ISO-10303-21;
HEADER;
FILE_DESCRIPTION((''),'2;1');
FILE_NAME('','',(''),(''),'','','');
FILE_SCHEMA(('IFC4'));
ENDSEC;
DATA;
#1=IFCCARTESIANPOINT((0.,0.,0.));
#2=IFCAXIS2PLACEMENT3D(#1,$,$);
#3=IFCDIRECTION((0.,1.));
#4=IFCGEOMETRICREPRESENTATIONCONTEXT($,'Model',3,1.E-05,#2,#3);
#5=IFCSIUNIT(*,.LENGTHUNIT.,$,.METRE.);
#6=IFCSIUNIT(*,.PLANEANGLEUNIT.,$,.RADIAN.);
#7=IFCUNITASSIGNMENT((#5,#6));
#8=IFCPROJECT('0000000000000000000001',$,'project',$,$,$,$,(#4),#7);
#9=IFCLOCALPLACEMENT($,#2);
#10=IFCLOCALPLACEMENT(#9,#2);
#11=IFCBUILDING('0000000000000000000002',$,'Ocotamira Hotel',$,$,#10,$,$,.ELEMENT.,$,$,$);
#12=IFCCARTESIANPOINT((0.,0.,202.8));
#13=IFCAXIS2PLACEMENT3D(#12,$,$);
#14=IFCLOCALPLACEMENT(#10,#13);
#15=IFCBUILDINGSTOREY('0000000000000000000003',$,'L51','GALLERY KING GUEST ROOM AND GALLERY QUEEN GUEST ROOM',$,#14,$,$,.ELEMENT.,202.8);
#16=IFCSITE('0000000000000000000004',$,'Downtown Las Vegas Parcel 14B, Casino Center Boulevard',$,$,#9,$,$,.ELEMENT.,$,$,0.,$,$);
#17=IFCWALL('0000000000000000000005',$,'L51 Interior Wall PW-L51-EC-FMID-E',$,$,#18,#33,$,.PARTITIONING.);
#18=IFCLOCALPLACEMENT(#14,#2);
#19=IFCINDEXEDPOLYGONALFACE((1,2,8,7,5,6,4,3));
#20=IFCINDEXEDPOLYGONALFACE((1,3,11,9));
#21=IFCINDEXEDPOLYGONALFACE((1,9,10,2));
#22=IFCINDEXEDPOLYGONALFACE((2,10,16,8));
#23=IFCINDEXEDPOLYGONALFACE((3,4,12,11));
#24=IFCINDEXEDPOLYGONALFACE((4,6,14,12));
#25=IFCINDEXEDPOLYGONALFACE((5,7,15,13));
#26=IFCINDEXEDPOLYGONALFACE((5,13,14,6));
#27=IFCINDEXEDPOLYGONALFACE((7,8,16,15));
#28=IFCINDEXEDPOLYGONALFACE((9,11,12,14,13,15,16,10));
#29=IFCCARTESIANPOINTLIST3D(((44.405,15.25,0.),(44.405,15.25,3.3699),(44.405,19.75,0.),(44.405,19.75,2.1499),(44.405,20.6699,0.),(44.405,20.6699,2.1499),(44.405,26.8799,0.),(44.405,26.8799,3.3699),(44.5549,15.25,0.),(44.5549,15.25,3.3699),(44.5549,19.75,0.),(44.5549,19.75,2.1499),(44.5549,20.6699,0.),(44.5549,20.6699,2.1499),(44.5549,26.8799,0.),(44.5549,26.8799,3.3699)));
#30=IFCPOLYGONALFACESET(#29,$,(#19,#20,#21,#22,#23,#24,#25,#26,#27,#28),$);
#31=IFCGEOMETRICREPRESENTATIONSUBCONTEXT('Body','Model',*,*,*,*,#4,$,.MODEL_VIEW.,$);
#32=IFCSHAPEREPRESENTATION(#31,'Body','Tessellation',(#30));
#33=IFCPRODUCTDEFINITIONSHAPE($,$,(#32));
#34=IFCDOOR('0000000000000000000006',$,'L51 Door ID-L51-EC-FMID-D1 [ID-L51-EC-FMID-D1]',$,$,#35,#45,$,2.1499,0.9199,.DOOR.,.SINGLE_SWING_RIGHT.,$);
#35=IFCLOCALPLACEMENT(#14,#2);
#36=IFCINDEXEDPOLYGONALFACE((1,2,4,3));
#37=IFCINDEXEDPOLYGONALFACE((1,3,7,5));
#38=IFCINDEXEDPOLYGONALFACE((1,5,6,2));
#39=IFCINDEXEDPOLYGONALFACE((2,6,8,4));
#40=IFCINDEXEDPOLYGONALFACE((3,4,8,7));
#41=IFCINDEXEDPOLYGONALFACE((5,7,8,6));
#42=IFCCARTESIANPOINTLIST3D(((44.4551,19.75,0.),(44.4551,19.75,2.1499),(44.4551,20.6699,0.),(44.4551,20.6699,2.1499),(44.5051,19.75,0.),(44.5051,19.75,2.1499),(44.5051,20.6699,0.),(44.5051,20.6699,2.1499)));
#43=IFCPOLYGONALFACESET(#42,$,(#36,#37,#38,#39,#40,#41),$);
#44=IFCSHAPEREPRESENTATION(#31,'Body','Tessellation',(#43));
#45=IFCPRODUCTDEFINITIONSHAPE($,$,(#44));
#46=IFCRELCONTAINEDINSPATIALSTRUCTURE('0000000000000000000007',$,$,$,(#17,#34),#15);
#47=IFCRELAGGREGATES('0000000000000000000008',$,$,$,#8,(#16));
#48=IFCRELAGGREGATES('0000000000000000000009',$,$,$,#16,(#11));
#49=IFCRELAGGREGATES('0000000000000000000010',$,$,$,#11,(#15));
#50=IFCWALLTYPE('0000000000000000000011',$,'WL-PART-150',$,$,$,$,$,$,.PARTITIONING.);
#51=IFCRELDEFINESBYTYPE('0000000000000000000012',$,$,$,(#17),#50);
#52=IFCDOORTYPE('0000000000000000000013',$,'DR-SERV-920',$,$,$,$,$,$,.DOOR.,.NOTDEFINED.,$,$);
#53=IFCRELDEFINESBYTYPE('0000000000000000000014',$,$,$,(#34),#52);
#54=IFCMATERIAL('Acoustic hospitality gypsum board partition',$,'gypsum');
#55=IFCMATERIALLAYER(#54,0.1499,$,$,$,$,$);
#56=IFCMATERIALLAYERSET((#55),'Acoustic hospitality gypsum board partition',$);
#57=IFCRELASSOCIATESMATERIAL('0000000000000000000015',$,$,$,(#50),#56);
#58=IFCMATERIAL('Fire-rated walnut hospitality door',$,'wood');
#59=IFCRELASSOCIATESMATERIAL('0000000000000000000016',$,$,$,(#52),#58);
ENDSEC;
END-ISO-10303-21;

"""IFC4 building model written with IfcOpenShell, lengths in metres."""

from ifc_helpers import new_model, si_unit, direction, frame, frame_2d, origin, place, context, subcontext, project, spatial, rectangle, extrude, source, transform, mapped, material, layer, layer_set, type_object, element, fill, save


model = new_model("IFC4")

# Units and contexts
model_context = context("Model", 3, precision=1e-05, world=origin(), true_north=direction((0.0, 1.0)))
body_context = subcontext(model_context, "Body", "Model", "MODEL_VIEW")
ifc_project = project(units=[si_unit("LENGTHUNIT", "METRE"), si_unit("PLANEANGLEUNIT", "RADIAN")], contexts=[model_context])

# Site, building, storey
site_placement = place(None, origin())
site = spatial("IfcSite", under=ifc_project, at=site_placement, Name="Downtown Las Vegas Parcel 14B, Casino Center Boulevard", CompositionType="ELEMENT", RefElevation=0.0)
building_placement = place(site_placement, origin())
building = spatial("IfcBuilding", under=site, at=building_placement, Name="Ocotamira Hotel", CompositionType="ELEMENT")
storey_placement = place(building_placement, frame((0.0, 0.0, 202.8)))
storey = spatial("IfcBuildingStorey", under=building, at=storey_placement, Name="L51", Description="GALLERY KING GUEST ROOM AND GALLERY QUEEN GUEST ROOM", CompositionType="ELEMENT", Elevation=202.8)

# Shared definitions
ifc_material_1 = material(Name="Acoustic hospitality gypsum board partition", Category="gypsum")
ifc_layer_1 = layer(ifc_material_1, 0.1499)
ifc_layer_set_1 = layer_set([ifc_layer_1], Name="Acoustic hospitality gypsum board partition")
wall_type_1 = type_object("IfcWallType", Name="WL-PART-150", PredefinedType="PARTITIONING", material=ifc_layer_set_1)

# Wall, opening, door
wall_1_placement = place(storey_placement, frame((44.48, 15.25, 0.0), z_axis=(0.0, 0.0, 1.0), x_axis=(0.0, 1.0, 0.0)))
wall_1 = element("IfcWall", 1, at=wall_1_placement, inside=storey, type_object=wall_type_1, Name="L51 Interior Wall PW-L51-EC-FMID-E", PredefinedType="PARTITIONING", context=body_context, shape_type="SweptSolid", body=[
    extrude(rectangle(XDim=11.6299, YDim=0.1499, at=frame_2d((5.8149, 0.0))), origin(), (0.0, 0.0, 1.0), 3.3699),
])
opening_1_placement = place(wall_1_placement, frame((4.5, 0.0, 0.0)))
opening_1 = element("IfcOpeningElement", 2, at=opening_1_placement, cuts=wall_1, PredefinedType="OPENING", context=body_context, shape_type="SweptSolid", body=[
    extrude(rectangle(XDim=0.9199, YDim=2.1499, at=frame_2d((0.46, 1.075))), frame((0.0, 0.085, 0.0), z_axis=(0.0, -1.0, 0.0), x_axis=(1.0, 0.0, 0.0)), (0.0, 0.0, 1.0), 0.1699),
])
ifc_material_2 = material(Name="Fire-rated walnut hospitality door", Category="wood")
door_type_1 = type_object("IfcDoorType", Name="DR-SERV-920", OperationType="NOTDEFINED", PredefinedType="DOOR", material=ifc_material_2)
shared_shape_1 = source(origin(), body_context, "Body", "SweptSolid", [
    extrude(rectangle(XDim=0.9199, YDim=2.1499, at=frame_2d((0.46, 1.075))), frame((0.0, 0.0249, 0.0), z_axis=(0.0, -1.0, 0.0), x_axis=(1.0, 0.0, 0.0)), (0.0, 0.0, 1.0), 0.05),
])
door_1_placement = place(opening_1_placement, origin())
door_1 = element("IfcDoor", 3, at=door_1_placement, inside=storey, type_object=door_type_1, Name="L51 Door ID-L51-EC-FMID-D1 [ID-L51-EC-FMID-D1]", OperationType="SINGLE_SWING_RIGHT", OverallHeight=2.1499, OverallWidth=0.9199, PredefinedType="DOOR", context=body_context, shape_type="MappedRepresentation", body=[
    mapped(shared_shape_1, transform((0.0, 0.0, 0.0), scale=1.0)),
])
fill(opening_1, door_1)

save(model, "model.ifc")
